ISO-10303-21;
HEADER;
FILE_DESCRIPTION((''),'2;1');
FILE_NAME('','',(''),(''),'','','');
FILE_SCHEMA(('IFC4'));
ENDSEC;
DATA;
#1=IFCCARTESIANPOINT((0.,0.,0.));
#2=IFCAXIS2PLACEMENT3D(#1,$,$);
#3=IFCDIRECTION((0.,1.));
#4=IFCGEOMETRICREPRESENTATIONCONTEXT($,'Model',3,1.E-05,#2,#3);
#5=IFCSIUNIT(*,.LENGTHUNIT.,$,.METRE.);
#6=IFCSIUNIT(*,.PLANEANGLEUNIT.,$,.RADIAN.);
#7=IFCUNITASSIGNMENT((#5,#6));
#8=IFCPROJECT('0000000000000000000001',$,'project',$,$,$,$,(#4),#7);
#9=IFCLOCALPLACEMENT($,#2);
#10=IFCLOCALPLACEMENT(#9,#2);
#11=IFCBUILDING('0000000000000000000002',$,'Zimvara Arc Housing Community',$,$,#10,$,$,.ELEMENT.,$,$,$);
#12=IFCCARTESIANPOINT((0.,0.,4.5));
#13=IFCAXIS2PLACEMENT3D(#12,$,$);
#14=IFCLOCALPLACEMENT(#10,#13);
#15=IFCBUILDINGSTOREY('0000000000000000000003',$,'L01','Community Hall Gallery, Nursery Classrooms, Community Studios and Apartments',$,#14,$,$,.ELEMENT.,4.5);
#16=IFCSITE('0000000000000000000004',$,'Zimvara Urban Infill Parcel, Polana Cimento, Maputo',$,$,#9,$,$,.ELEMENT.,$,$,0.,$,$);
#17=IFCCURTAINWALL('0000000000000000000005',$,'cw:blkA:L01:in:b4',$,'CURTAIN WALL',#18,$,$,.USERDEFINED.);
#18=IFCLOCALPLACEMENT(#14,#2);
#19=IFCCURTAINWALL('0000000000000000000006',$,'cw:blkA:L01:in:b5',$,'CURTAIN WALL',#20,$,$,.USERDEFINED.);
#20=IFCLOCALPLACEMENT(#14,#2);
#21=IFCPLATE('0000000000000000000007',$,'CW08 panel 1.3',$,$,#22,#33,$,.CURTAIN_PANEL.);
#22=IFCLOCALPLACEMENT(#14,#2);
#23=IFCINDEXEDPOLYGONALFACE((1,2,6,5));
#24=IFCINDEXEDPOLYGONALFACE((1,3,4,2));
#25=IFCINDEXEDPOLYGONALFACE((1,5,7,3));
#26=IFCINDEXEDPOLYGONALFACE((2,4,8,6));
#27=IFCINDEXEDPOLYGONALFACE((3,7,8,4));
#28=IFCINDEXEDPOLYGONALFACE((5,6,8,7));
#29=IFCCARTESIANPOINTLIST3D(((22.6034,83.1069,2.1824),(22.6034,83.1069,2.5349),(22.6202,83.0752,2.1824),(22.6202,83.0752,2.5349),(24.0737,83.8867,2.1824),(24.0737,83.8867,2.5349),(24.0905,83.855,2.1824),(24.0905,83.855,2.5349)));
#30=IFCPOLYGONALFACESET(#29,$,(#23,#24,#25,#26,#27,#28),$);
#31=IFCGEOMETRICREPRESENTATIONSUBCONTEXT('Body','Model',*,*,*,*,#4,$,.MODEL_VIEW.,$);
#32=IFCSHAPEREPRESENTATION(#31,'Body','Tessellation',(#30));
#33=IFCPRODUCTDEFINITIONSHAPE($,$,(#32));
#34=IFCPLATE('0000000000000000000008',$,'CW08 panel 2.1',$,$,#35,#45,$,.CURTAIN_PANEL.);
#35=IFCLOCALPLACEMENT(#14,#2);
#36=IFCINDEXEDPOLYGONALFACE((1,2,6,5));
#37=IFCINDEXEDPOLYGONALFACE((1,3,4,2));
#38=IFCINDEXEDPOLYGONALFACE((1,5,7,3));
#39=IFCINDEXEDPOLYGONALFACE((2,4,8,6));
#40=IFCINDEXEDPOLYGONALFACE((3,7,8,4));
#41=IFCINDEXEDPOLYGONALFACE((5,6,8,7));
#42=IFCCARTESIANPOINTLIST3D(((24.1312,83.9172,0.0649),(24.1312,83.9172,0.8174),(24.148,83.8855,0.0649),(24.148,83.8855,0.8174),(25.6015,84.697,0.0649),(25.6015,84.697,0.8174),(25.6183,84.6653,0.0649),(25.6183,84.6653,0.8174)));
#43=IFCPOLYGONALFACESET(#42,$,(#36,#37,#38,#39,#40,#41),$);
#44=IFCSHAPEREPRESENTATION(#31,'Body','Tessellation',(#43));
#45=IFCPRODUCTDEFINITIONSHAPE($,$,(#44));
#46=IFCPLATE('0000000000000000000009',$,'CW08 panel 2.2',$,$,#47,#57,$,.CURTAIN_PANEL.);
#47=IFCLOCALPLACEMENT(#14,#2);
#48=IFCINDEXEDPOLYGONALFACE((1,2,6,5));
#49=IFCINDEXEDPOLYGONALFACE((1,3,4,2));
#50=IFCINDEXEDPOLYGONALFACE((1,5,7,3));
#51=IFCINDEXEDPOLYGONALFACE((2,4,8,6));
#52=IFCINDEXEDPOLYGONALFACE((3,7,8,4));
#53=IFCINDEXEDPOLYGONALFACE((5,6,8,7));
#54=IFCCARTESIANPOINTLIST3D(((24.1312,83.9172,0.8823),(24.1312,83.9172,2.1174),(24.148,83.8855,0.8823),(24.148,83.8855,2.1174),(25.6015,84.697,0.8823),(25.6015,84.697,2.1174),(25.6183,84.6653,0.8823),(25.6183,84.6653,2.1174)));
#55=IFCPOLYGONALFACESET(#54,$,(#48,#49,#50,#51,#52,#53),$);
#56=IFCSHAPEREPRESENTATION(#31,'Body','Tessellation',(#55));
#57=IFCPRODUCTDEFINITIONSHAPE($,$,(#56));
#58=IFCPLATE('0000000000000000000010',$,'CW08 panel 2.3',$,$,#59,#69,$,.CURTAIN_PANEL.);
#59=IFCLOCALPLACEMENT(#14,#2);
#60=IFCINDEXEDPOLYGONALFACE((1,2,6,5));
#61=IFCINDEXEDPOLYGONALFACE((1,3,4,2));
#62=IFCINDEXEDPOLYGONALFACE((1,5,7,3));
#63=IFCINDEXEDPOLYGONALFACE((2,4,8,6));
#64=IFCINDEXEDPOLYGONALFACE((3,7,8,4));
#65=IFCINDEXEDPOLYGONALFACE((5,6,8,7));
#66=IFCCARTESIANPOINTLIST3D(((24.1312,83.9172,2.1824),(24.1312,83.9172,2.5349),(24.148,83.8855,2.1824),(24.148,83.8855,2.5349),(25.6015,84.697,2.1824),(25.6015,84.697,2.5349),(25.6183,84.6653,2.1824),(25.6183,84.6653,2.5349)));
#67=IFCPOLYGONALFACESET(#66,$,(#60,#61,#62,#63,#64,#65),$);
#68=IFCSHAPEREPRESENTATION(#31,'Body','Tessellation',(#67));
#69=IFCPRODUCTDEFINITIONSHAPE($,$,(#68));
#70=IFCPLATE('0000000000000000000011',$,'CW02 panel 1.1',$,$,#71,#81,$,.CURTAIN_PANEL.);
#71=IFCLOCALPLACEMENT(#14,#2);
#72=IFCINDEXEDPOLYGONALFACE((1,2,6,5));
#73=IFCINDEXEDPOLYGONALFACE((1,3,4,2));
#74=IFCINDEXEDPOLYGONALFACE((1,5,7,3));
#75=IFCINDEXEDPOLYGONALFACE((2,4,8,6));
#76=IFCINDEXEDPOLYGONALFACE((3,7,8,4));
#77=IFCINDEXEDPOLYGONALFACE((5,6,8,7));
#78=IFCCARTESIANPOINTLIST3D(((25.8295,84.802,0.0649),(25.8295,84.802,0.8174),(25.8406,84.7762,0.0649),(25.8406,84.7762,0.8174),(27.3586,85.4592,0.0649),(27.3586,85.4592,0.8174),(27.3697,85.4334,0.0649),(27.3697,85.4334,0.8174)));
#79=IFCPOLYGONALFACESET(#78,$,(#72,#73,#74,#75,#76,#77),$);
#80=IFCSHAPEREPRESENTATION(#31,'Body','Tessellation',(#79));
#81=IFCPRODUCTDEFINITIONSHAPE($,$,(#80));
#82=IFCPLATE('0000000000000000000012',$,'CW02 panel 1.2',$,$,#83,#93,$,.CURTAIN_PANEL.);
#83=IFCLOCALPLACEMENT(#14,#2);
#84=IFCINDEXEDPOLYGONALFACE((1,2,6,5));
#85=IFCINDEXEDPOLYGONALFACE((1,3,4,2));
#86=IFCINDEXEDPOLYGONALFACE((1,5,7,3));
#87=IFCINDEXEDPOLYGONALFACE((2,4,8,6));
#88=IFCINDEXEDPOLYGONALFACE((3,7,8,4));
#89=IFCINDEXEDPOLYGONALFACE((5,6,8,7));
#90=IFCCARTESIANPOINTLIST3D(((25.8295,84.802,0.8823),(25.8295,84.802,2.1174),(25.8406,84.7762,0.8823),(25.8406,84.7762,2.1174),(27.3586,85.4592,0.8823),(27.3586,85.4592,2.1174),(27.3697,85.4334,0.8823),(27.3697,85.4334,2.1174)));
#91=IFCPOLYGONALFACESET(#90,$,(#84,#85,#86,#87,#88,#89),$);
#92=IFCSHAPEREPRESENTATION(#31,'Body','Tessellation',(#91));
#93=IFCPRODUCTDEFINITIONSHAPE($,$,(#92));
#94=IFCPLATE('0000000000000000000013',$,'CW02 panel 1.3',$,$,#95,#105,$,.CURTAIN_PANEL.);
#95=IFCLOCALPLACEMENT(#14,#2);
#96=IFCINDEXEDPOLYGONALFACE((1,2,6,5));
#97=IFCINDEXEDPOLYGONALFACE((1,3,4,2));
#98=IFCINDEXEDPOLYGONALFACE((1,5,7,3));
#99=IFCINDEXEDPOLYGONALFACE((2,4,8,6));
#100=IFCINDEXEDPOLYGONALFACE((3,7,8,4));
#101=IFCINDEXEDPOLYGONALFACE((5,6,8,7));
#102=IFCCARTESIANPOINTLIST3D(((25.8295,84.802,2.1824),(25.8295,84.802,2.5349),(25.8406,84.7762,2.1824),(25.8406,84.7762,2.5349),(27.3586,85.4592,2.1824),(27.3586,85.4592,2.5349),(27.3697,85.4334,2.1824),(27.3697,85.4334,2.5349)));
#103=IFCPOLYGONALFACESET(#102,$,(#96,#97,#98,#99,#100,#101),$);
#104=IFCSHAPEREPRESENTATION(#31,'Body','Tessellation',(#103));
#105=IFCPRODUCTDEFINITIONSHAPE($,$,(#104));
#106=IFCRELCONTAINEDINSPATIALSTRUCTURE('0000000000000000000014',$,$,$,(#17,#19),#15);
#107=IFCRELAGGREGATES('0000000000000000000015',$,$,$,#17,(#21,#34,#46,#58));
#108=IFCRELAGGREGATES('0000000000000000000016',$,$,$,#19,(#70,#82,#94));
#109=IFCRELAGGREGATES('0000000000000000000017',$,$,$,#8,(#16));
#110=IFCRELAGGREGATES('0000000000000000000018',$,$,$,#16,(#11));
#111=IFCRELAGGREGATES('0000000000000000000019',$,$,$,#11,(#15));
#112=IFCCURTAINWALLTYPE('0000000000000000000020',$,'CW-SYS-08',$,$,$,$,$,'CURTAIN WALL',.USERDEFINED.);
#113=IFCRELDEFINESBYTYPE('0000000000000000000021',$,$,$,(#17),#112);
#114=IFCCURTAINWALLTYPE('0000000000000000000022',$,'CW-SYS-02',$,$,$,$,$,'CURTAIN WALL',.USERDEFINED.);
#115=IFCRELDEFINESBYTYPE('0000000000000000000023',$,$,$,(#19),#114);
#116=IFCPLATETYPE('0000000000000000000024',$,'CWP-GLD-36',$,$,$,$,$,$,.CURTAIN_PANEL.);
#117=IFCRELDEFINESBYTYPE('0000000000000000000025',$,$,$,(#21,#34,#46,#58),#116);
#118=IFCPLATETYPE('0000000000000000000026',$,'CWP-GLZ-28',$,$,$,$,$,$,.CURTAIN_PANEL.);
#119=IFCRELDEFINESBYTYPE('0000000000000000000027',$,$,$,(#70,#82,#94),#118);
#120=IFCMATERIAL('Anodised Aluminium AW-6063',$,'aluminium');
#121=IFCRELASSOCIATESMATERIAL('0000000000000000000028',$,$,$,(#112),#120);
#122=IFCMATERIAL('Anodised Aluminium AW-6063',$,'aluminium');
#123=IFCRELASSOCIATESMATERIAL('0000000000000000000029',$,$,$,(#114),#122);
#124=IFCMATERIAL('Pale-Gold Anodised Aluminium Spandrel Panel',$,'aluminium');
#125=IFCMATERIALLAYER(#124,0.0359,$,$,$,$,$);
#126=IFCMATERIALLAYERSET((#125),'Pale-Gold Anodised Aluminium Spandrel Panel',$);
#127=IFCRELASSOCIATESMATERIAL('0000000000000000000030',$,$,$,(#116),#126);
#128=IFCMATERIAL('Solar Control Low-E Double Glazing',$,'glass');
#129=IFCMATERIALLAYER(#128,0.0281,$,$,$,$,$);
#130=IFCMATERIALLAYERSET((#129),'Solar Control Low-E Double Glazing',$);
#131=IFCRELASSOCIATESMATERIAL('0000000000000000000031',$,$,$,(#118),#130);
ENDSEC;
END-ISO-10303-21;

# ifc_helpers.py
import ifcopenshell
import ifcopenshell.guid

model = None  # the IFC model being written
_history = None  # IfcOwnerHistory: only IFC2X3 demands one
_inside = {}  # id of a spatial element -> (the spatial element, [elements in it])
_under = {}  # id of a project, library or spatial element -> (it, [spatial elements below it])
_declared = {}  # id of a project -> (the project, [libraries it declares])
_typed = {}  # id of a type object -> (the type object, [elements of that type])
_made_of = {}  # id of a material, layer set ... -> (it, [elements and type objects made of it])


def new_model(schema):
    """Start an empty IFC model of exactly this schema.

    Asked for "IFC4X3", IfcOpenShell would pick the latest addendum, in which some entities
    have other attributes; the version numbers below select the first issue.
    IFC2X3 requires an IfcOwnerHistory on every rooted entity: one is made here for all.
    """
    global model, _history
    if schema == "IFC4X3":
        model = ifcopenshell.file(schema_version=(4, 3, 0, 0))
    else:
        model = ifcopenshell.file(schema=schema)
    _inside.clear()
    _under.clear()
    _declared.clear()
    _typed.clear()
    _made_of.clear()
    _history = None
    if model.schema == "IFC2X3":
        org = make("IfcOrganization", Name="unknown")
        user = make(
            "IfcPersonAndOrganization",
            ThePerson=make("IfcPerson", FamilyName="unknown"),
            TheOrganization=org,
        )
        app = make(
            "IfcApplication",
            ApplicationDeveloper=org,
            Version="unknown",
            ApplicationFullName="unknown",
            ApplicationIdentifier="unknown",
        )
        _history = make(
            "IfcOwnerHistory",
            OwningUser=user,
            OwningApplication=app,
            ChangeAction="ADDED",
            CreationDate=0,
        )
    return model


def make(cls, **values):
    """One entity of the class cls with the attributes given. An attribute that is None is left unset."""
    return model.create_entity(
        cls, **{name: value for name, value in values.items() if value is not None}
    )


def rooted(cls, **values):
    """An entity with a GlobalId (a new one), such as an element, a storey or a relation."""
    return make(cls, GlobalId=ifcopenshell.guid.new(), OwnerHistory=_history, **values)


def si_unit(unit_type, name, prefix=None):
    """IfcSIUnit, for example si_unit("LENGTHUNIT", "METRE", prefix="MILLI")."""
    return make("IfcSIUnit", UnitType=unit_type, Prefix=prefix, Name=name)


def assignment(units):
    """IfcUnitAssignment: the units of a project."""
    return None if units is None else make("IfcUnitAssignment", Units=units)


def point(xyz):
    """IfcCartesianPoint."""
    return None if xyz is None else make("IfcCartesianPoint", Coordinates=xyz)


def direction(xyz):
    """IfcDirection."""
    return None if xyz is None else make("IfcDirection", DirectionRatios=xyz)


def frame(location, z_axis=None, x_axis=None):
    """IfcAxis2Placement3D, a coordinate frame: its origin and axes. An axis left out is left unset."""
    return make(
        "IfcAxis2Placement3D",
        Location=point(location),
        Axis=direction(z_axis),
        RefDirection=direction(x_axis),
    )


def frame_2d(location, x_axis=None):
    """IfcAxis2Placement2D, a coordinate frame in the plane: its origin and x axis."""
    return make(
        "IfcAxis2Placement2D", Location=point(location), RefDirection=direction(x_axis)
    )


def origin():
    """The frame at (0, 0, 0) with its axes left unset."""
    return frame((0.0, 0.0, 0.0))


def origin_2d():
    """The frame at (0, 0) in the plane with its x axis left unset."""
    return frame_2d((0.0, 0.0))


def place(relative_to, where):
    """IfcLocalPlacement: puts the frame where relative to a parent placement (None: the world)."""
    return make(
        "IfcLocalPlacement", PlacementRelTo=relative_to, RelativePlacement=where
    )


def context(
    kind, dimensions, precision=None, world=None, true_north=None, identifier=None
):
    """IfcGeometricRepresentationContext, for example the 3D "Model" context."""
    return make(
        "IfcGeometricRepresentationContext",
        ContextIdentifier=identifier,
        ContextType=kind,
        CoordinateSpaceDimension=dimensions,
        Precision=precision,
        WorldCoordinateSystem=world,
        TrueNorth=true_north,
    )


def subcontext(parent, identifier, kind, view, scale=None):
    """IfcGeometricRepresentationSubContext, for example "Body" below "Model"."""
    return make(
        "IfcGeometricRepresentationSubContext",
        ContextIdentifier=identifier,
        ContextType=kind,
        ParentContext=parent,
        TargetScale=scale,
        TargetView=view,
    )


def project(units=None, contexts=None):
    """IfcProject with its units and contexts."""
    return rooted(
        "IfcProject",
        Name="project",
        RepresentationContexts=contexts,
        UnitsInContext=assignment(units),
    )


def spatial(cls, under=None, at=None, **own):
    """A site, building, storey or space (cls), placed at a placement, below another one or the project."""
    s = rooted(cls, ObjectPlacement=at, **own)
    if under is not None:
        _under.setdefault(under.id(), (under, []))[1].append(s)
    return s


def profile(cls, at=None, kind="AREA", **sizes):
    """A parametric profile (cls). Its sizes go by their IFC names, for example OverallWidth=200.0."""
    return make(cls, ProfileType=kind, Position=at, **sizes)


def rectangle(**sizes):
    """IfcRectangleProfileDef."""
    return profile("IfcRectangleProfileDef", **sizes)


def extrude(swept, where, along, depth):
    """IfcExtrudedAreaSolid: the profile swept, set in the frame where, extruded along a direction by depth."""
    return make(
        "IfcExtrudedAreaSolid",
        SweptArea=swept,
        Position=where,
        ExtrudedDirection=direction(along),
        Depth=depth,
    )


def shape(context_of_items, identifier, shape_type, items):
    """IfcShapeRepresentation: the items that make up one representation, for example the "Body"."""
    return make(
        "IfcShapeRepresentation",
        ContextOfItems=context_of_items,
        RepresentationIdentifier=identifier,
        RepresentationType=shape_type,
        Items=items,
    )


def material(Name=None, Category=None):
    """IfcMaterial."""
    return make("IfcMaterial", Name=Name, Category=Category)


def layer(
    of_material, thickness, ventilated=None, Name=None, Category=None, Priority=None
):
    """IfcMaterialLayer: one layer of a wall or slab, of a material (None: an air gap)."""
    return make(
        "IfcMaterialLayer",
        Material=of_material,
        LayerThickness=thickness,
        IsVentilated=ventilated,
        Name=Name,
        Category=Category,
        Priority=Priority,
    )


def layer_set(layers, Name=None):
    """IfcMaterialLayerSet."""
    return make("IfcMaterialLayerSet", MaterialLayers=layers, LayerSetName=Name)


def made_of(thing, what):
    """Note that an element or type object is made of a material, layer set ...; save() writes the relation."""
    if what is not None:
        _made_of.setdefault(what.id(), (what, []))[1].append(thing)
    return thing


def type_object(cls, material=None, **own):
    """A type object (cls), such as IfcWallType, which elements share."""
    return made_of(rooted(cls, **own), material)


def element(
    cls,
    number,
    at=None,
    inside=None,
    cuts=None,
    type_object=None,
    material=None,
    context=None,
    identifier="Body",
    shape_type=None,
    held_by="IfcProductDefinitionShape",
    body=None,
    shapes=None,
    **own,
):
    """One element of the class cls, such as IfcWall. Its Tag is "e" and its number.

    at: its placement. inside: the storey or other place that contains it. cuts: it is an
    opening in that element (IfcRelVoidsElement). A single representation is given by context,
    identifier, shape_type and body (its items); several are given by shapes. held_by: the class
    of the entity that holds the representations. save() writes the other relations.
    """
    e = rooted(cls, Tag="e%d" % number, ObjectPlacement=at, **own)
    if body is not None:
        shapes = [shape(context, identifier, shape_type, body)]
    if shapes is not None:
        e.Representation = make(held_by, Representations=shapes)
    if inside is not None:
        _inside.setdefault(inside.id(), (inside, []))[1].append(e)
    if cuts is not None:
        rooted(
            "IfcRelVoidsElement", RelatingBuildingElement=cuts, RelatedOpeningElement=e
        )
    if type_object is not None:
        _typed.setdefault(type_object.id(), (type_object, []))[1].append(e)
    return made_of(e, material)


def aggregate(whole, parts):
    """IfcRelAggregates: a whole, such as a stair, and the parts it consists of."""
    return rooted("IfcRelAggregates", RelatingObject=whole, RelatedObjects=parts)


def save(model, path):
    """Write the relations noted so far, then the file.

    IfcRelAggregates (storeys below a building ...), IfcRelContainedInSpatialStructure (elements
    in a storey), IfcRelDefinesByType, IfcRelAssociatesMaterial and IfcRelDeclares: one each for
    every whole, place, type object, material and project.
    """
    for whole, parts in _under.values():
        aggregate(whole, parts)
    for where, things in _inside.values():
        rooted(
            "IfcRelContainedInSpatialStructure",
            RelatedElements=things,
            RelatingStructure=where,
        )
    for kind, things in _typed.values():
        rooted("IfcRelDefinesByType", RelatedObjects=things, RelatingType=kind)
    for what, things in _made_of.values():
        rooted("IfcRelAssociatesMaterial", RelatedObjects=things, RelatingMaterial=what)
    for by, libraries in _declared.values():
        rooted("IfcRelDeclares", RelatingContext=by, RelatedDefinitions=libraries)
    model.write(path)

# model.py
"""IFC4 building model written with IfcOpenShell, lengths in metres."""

from ifc_helpers import new_model, si_unit, direction, frame, origin, origin_2d, place, context, subcontext, project, spatial, rectangle, extrude, material, layer, layer_set, type_object, element, aggregate, save


model = new_model("IFC4")

# Units and contexts
model_context = context("Model", 3, precision=1e-05, world=origin(), true_north=direction((0.0, 1.0)))
body_context = subcontext(model_context, "Body", "Model", "MODEL_VIEW")
ifc_project = project(units=[si_unit("LENGTHUNIT", "METRE"), si_unit("PLANEANGLEUNIT", "RADIAN")], contexts=[model_context])

# Site, building, storey
site_placement = place(None, origin())
site = spatial("IfcSite", under=ifc_project, at=site_placement, Name="Zimvara Urban Infill Parcel, Polana Cimento, Maputo", CompositionType="ELEMENT", RefElevation=0.0)
building_placement = place(site_placement, origin())
building = spatial("IfcBuilding", under=site, at=building_placement, Name="Zimvara Arc Housing Community", CompositionType="ELEMENT")
storey_placement = place(building_placement, frame((0.0, 0.0, 4.5)))
storey = spatial("IfcBuildingStorey", under=building, at=storey_placement, Name="L01", Description="Community Hall Gallery, Nursery Classrooms, Community Studios and Apartments", CompositionType="ELEMENT", Elevation=4.5)

# Curtain wall
ifc_material_1 = material(Name="Anodised Aluminium AW-6063", Category="aluminium")
curtain_wall_type_1 = type_object("IfcCurtainWallType", Name="CW-SYS-08", ElementType="CURTAIN WALL", PredefinedType="USERDEFINED", material=ifc_material_1)
curtain_wall_1_placement = place(storey_placement, origin())
curtain_wall_1 = element("IfcCurtainWall", 1, at=curtain_wall_1_placement, inside=storey, type_object=curtain_wall_type_1, Name="cw:blkA:L01:in:b4", ObjectType="CURTAIN WALL", PredefinedType="USERDEFINED")

# Curtain wall
ifc_material_2 = material(Name="Anodised Aluminium AW-6063", Category="aluminium")
curtain_wall_type_2 = type_object("IfcCurtainWallType", Name="CW-SYS-02", ElementType="CURTAIN WALL", PredefinedType="USERDEFINED", material=ifc_material_2)
curtain_wall_2_placement = place(storey_placement, origin())
curtain_wall_2 = element("IfcCurtainWall", 2, at=curtain_wall_2_placement, inside=storey, type_object=curtain_wall_type_2, Name="cw:blkA:L01:in:b5", ObjectType="CURTAIN WALL", PredefinedType="USERDEFINED")

# Plates
ifc_material_3 = material(Name="Pale-Gold Anodised Aluminium Spandrel Panel", Category="aluminium")
ifc_layer_1 = layer(ifc_material_3, 0.0359)
ifc_layer_set_1 = layer_set([ifc_layer_1], Name="Pale-Gold Anodised Aluminium Spandrel Panel")
plate_type_1 = type_object("IfcPlateType", Name="CWP-GLD-36", PredefinedType="CURTAIN_PANEL", material=ifc_layer_set_1)
plate_1_placement = place(storey_placement, frame((23.3469, 83.481, 2.1824), z_axis=(0.0, 0.0, 1.0), x_axis=(0.88344, 0.468545, 0.0)))
plate_1 = element("IfcPlate", 3, at=plate_1_placement, type_object=plate_type_1, Name="CW08 panel 1.3", PredefinedType="CURTAIN_PANEL", context=body_context, shape_type="SweptSolid", body=[
    extrude(rectangle(XDim=1.6643, YDim=0.0359, at=origin_2d()), origin(), (0.0, 0.0, 1.0), 0.3525),
])
plate_2_placement = place(storey_placement, frame((24.8748, 84.2913, 0.0649), z_axis=(0.0, 0.0, 1.0), x_axis=(0.88344, 0.468545, 0.0)))
plate_2 = element("IfcPlate", 4, at=plate_2_placement, type_object=plate_type_1, Name="CW08 panel 2.1", PredefinedType="CURTAIN_PANEL", context=body_context, shape_type="SweptSolid", body=[
    extrude(rectangle(XDim=1.6643, YDim=0.0359, at=origin_2d()), origin(), (0.0, 0.0, 1.0), 0.7524),
])
plate_3_placement = place(storey_placement, frame((24.8748, 84.2913, 0.8823), z_axis=(0.0, 0.0, 1.0), x_axis=(0.88344, 0.468545, 0.0)))
plate_3 = element("IfcPlate", 5, at=plate_3_placement, type_object=plate_type_1, Name="CW08 panel 2.2", PredefinedType="CURTAIN_PANEL", context=body_context, shape_type="SweptSolid", body=[
    extrude(rectangle(XDim=1.6643, YDim=0.0359, at=origin_2d()), origin(), (0.0, 0.0, 1.0), 1.2351),
])
plate_4_placement = place(storey_placement, frame((24.8748, 84.2913, 2.1824), z_axis=(0.0, 0.0, 1.0), x_axis=(0.88344, 0.468545, 0.0)))
plate_4 = element("IfcPlate", 6, at=plate_4_placement, type_object=plate_type_1, Name="CW08 panel 2.3", PredefinedType="CURTAIN_PANEL", context=body_context, shape_type="SweptSolid", body=[
    extrude(rectangle(XDim=1.6643, YDim=0.0359, at=origin_2d()), origin(), (0.0, 0.0, 1.0), 0.3525),
])
aggregate(curtain_wall_1, [plate_1, plate_2, plate_3, plate_4])
ifc_material_4 = material(Name="Solar Control Low-E Double Glazing", Category="glass")
ifc_layer_2 = layer(ifc_material_4, 0.0281)
ifc_layer_set_2 = layer_set([ifc_layer_2], Name="Solar Control Low-E Double Glazing")
plate_type_2 = type_object("IfcPlateType", Name="CWP-GLZ-28", PredefinedType="CURTAIN_PANEL", material=ifc_layer_set_2)
plate_5_placement = place(storey_placement, frame((26.5996, 85.1177, 0.0649), z_axis=(0.0, 0.0, 1.0), x_axis=(0.918722, 0.394904, 0.0)))
plate_5 = element("IfcPlate", 7, at=plate_5_placement, type_object=plate_type_2, Name="CW02 panel 1.1", PredefinedType="CURTAIN_PANEL", context=body_context, shape_type="SweptSolid", body=[
    extrude(rectangle(XDim=1.6643, YDim=0.0281, at=origin_2d()), origin(), (0.0, 0.0, 1.0), 0.7524),
])
plate_6_placement = place(storey_placement, frame((26.5996, 85.1177, 0.8823), z_axis=(0.0, 0.0, 1.0), x_axis=(0.918722, 0.394904, 0.0)))
plate_6 = element("IfcPlate", 8, at=plate_6_placement, type_object=plate_type_2, Name="CW02 panel 1.2", PredefinedType="CURTAIN_PANEL", context=body_context, shape_type="SweptSolid", body=[
    extrude(rectangle(XDim=1.6643, YDim=0.0281, at=origin_2d()), origin(), (0.0, 0.0, 1.0), 1.2351),
])
plate_7_placement = place(storey_placement, frame((26.5996, 85.1177, 2.1824), z_axis=(0.0, 0.0, 1.0), x_axis=(0.918722, 0.394904, 0.0)))
plate_7 = element("IfcPlate", 9, at=plate_7_placement, type_object=plate_type_2, Name="CW02 panel 1.3", PredefinedType="CURTAIN_PANEL", context=body_context, shape_type="SweptSolid", body=[
    extrude(rectangle(XDim=1.6643, YDim=0.0281, at=origin_2d()), origin(), (0.0, 0.0, 1.0), 0.3525),
])
aggregate(curtain_wall_2, [plate_5, plate_6, plate_7])

save(model, "model.ifc")
